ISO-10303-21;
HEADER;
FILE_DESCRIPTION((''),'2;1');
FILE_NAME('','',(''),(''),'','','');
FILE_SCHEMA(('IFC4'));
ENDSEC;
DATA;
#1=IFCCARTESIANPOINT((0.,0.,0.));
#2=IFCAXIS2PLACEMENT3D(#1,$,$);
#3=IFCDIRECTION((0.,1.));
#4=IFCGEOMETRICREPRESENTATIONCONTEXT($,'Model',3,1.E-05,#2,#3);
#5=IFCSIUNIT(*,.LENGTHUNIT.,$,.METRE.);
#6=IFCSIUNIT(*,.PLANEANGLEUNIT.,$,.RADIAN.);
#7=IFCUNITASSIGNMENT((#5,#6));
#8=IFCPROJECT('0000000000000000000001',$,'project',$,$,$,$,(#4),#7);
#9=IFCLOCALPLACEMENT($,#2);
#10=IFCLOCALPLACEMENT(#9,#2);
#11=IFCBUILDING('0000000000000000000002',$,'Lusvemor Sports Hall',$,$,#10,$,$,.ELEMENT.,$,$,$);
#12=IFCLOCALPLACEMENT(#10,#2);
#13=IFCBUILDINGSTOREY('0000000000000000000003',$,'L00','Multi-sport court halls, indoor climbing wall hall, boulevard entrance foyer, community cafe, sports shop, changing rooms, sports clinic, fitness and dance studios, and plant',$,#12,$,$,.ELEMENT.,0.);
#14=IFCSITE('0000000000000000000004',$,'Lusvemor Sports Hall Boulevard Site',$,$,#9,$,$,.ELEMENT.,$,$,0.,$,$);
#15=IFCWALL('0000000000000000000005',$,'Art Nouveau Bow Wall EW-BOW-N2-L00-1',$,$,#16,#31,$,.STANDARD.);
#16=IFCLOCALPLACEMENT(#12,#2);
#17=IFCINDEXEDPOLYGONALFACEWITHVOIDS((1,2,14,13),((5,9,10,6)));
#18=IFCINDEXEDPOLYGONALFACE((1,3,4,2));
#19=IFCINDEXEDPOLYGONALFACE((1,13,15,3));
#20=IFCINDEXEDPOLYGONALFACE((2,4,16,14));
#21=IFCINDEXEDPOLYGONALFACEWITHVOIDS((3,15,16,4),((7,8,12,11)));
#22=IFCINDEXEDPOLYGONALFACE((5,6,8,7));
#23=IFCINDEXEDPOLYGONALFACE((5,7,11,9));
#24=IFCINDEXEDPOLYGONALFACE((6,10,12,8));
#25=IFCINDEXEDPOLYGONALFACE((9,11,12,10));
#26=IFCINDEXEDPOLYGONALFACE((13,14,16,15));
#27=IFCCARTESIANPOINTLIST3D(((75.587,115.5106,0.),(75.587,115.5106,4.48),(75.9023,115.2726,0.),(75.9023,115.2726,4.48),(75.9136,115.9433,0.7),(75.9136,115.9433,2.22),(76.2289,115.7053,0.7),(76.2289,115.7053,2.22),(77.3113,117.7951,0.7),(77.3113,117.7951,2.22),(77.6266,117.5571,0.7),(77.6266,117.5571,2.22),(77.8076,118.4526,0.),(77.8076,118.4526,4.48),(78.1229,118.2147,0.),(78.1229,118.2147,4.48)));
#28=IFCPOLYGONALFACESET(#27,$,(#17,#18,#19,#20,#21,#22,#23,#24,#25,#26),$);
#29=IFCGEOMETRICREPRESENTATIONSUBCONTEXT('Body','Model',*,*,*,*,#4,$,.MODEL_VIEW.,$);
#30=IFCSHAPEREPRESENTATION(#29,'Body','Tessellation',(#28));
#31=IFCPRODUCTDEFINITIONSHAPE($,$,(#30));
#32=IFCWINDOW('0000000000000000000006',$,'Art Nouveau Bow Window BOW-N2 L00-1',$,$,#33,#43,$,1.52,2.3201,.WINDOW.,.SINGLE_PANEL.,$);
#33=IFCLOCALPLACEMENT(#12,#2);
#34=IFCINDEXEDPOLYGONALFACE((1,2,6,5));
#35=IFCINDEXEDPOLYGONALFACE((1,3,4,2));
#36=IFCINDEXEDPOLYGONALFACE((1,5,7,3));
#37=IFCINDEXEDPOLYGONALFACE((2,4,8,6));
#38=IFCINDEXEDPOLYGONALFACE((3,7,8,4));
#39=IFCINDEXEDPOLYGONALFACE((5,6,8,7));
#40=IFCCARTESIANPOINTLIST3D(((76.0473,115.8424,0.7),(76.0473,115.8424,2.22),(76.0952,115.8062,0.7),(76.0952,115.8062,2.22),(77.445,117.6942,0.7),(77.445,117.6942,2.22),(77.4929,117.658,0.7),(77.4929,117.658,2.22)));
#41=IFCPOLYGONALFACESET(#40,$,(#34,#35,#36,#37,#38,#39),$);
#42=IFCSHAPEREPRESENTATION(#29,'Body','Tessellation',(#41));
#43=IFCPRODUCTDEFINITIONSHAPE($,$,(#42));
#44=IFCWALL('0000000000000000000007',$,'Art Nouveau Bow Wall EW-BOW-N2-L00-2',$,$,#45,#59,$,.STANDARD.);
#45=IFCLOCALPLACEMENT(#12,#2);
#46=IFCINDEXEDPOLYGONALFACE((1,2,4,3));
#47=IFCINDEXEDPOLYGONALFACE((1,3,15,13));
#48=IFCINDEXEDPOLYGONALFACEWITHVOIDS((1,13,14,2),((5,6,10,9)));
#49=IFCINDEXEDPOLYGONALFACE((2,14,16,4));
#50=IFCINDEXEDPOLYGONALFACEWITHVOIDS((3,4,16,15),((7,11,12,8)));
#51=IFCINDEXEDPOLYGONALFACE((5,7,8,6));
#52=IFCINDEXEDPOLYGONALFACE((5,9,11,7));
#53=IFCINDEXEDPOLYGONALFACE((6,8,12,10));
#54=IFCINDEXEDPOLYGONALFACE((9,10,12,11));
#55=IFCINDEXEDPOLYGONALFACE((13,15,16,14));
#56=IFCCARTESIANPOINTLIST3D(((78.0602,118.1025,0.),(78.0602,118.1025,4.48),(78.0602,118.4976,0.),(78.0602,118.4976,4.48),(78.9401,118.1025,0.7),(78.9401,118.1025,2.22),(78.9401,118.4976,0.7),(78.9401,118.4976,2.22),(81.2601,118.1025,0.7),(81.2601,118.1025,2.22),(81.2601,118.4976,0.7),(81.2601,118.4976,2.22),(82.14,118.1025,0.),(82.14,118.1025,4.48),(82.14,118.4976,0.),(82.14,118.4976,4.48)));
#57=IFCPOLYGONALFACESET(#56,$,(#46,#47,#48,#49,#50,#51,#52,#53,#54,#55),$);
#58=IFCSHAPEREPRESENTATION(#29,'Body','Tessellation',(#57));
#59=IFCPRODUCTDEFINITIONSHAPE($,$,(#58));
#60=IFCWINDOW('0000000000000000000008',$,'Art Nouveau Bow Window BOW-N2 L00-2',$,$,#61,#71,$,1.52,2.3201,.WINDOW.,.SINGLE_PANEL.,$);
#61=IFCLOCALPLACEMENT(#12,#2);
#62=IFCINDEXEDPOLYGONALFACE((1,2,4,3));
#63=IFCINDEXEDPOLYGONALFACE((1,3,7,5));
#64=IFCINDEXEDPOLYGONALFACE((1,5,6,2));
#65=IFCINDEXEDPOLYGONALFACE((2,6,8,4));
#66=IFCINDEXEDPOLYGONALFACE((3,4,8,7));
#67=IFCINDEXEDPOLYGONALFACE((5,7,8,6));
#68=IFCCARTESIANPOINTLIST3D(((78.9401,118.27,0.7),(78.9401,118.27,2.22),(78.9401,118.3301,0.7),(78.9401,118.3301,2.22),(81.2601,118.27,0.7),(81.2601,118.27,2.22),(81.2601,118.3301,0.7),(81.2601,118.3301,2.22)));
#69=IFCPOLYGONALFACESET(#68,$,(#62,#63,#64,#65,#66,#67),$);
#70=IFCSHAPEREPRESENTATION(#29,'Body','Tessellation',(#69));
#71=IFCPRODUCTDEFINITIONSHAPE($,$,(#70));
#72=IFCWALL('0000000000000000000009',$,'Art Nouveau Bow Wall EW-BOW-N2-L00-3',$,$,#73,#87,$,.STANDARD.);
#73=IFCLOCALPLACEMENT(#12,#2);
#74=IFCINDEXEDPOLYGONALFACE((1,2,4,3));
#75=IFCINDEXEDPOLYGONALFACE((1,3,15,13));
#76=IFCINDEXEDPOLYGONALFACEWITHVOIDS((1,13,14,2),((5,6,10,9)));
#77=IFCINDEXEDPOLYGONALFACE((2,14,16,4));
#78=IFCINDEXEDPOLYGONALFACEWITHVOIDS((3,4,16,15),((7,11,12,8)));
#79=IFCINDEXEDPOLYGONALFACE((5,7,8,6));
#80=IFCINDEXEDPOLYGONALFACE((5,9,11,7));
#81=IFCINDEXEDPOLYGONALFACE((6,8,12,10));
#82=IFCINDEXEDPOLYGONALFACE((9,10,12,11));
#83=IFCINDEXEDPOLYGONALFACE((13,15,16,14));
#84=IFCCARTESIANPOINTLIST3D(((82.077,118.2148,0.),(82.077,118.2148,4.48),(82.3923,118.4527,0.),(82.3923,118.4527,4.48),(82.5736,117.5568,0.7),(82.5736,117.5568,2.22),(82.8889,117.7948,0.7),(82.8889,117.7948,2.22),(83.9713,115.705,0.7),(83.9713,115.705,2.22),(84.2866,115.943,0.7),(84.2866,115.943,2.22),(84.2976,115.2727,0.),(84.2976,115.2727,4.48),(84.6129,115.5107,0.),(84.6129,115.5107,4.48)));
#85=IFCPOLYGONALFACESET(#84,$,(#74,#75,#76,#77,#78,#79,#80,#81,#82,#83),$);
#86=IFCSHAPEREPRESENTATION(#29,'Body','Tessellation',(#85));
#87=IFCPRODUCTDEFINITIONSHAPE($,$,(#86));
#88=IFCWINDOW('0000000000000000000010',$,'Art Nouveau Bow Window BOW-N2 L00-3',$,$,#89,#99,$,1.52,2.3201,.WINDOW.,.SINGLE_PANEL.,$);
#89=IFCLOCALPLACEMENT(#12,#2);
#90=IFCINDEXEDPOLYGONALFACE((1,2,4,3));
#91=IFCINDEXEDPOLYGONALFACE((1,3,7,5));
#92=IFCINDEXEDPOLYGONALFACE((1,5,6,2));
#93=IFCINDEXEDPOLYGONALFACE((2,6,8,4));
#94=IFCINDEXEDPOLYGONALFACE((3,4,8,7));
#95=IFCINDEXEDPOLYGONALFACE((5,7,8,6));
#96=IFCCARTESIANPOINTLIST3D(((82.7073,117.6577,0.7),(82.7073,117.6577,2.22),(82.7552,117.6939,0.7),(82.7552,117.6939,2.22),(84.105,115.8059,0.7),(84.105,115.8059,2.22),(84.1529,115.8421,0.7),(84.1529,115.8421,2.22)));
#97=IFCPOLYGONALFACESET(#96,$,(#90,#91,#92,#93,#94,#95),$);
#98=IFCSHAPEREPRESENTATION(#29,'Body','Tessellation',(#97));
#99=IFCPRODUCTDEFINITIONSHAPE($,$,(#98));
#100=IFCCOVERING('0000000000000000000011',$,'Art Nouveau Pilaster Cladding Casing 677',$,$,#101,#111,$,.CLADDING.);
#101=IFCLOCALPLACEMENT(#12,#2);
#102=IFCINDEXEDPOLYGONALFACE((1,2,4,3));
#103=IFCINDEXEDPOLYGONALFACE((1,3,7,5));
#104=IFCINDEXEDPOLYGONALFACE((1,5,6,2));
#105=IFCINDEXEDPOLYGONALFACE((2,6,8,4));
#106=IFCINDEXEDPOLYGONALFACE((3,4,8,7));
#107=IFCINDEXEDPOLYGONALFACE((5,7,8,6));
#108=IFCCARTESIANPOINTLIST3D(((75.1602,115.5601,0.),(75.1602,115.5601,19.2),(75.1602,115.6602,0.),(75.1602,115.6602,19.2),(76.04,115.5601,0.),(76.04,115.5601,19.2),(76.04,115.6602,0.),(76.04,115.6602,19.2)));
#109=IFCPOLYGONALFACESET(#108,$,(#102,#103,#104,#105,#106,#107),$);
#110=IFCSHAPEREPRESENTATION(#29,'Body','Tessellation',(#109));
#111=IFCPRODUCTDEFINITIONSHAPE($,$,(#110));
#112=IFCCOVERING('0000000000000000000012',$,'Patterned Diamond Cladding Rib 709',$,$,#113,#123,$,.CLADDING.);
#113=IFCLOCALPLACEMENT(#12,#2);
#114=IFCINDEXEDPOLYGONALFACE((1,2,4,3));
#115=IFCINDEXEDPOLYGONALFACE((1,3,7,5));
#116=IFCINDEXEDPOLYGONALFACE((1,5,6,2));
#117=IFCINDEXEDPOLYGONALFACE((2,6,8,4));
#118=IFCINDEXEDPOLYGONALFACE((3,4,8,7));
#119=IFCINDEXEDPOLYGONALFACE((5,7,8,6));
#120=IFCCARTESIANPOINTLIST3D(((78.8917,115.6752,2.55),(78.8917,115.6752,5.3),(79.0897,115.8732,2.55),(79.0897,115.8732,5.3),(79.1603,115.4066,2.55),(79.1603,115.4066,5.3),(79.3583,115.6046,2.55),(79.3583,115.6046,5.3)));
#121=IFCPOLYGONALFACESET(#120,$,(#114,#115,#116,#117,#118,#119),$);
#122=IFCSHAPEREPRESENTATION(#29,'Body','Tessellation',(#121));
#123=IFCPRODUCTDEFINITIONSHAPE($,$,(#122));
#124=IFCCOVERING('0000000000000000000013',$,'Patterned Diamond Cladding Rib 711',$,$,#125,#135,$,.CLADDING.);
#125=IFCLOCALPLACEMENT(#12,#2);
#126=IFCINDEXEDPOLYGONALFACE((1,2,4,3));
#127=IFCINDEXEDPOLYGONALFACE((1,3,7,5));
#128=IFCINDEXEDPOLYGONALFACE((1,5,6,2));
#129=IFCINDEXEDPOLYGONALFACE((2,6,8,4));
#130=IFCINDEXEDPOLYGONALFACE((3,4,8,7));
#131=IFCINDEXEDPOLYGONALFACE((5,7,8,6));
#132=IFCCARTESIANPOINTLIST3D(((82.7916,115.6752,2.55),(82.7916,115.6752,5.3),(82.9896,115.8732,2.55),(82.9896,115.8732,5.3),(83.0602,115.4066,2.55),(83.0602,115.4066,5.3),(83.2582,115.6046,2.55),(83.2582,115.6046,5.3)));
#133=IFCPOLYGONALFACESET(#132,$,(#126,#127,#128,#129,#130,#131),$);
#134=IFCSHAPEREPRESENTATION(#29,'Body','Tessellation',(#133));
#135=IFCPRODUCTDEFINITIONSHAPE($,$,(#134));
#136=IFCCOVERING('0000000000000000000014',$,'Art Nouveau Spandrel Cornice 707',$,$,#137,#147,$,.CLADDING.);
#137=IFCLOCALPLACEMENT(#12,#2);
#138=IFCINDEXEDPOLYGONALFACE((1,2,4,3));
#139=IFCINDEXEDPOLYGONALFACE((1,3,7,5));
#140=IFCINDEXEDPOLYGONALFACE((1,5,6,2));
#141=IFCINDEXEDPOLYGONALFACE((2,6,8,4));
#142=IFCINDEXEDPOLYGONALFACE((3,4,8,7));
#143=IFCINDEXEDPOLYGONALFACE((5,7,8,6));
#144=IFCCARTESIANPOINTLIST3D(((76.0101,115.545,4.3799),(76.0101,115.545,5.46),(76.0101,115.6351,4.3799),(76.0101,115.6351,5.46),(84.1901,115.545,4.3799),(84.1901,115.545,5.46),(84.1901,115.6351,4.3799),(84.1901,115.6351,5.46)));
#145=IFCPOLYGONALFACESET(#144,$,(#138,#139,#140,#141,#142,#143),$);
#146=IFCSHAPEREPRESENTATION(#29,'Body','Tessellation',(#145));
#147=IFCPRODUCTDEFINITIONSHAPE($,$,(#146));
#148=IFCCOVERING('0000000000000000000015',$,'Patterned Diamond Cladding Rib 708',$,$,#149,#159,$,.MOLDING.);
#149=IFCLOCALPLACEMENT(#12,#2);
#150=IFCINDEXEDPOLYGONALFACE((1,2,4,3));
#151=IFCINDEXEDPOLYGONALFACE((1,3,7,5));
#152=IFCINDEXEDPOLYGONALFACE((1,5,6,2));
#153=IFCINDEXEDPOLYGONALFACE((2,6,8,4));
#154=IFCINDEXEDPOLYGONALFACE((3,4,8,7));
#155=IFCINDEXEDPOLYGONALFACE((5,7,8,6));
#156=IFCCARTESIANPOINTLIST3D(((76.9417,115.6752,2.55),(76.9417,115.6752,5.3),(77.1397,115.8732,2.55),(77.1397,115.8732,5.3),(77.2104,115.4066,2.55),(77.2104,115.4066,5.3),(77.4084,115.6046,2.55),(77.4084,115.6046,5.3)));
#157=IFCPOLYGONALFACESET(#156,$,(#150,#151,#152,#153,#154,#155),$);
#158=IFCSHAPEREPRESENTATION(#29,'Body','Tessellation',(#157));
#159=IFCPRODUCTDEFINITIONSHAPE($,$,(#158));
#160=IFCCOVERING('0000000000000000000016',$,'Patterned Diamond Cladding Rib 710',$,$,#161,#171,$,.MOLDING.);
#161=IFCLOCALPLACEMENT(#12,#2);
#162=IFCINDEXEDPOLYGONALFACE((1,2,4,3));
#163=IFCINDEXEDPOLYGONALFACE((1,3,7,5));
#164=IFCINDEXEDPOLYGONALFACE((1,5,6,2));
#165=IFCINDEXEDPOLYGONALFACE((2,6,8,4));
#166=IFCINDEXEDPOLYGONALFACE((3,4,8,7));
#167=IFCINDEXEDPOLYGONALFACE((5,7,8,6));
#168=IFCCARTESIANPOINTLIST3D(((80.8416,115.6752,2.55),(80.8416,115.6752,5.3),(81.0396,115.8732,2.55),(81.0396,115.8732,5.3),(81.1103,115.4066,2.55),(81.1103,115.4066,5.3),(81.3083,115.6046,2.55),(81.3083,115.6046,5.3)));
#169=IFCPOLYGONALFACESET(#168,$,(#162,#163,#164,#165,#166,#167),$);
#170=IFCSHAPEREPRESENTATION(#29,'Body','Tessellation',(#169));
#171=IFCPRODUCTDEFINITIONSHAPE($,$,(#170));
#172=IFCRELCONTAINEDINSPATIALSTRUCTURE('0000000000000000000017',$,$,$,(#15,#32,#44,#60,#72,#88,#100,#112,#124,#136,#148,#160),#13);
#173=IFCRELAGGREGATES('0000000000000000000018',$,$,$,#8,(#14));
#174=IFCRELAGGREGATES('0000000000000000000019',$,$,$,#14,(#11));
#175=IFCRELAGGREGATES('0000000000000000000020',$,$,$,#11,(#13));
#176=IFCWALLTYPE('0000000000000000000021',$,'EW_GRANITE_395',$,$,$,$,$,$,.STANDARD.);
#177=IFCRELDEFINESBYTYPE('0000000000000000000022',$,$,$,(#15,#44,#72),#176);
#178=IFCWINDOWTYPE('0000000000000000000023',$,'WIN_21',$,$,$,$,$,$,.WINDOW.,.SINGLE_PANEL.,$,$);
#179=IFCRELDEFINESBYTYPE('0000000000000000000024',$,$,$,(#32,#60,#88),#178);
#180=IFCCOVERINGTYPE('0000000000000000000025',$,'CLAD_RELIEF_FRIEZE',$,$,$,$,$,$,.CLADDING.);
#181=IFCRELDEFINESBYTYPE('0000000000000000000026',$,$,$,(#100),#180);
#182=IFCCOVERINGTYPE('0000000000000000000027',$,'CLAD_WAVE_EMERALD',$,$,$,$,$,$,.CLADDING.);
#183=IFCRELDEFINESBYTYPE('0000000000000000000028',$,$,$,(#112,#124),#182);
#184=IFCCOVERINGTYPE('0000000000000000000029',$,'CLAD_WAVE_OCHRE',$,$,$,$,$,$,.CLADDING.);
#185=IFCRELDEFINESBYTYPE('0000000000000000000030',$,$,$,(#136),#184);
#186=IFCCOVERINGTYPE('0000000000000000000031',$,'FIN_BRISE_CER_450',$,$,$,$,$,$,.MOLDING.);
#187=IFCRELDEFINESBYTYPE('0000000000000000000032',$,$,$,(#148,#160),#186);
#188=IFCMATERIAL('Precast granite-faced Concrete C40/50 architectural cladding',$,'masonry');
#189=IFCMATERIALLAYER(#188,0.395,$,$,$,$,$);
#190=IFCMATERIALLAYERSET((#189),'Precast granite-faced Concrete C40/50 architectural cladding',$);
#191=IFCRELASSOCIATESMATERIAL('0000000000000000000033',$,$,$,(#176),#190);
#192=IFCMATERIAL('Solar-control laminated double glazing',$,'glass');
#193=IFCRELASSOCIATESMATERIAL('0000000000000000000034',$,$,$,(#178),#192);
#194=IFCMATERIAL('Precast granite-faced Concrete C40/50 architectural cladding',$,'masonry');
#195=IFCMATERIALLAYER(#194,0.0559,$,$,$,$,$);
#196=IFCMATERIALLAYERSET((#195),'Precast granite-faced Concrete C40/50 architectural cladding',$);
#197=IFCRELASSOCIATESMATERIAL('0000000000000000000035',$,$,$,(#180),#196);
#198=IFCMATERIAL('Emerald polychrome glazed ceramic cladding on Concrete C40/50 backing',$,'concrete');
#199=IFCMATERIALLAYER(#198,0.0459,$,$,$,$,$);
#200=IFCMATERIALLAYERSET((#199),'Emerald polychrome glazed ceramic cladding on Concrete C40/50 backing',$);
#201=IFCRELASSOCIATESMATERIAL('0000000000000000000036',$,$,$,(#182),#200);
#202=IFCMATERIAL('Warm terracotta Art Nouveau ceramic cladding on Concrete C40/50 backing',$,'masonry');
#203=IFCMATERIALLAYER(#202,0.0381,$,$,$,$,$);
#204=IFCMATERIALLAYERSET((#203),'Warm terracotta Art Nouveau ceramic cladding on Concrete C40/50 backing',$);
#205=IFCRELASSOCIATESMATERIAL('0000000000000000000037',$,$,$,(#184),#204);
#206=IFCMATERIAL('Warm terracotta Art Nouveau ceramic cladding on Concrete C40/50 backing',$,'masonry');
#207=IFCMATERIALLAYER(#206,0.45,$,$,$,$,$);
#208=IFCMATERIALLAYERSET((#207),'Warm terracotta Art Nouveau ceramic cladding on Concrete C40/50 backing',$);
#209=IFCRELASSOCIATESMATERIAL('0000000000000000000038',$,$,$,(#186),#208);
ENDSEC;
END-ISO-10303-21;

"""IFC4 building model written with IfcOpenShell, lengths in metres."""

from ifc_helpers import new_model, si_unit, direction, frame, frame_2d, origin, origin_2d, place, context, subcontext, project, spatial, rectangle, extrude, material, layer, layer_set, type_object, element, fill, save


model = new_model("IFC4")

# Units and contexts
model_context = context("Model", 3, precision=1e-05, world=origin(), true_north=direction((0.0, 1.0)))
body_context = subcontext(model_context, "Body", "Model", "MODEL_VIEW")
ifc_project = project(units=[si_unit("LENGTHUNIT", "METRE"), si_unit("PLANEANGLEUNIT", "RADIAN")], contexts=[model_context])

# Site, building, storey
site_placement = place(None, origin())
site = spatial("IfcSite", under=ifc_project, at=site_placement, Name="Lusvemor Sports Hall Boulevard Site", CompositionType="ELEMENT", RefElevation=0.0)
building_placement = place(site_placement, origin())
building = spatial("IfcBuilding", under=site, at=building_placement, Name="Lusvemor Sports Hall", CompositionType="ELEMENT")
storey_placement = place(building_placement, origin())
storey = spatial("IfcBuildingStorey", under=building, at=storey_placement, Name="L00", Description="Multi-sport court halls, indoor climbing wall hall, boulevard entrance foyer, community cafe, sports shop, changing rooms, sports clinic, fitness and dance studios, and plant", CompositionType="ELEMENT", Elevation=0.0)

# Walls, openings, windows
ifc_material_1 = material(Name="Precast granite-faced Concrete C40/50 architectural cladding", Category="masonry")
ifc_layer_1 = layer(ifc_material_1, 0.395)
ifc_layer_set_1 = layer_set([ifc_layer_1], Name="Precast granite-faced Concrete C40/50 architectural cladding")
wall_type = type_object("IfcWallType", Name="EW_GRANITE_395", PredefinedType="STANDARD", material=ifc_layer_set_1)
wall_1_placement = place(storey_placement, frame((75.7446, 115.3916, 0.0), z_axis=(0.0, 0.0, 1.0), x_axis=(0.602445, 0.79816, 0.0)))
wall_1 = element("IfcWall", 1, at=wall_1_placement, inside=storey, type_object=wall_type, Name="Art Nouveau Bow Wall EW-BOW-N2-L00-1", PredefinedType="STANDARD", context=body_context, shape_type="SweptSolid", body=[
    extrude(rectangle(XDim=3.686, YDim=0.395, at=frame_2d((1.843, 0.0))), origin(), (0.0, 0.0, 1.0), 4.48),
])
opening_1_placement = place(wall_1_placement, frame((0.542, 0.0, 0.7)))
opening_1 = element("IfcOpeningElement", 2, at=opening_1_placement, cuts=wall_1, PredefinedType="OPENING", context=body_context, shape_type="SweptSolid", body=[
    extrude(rectangle(XDim=2.3201, YDim=1.52, at=frame_2d((1.1602, 0.76))), frame((0.0, 0.1975, 0.0), z_axis=(0.0, -1.0, 0.0), x_axis=(1.0, 0.0, 0.0)), (0.0, 0.0, 1.0), 0.395),
])
ifc_material_2 = material(Name="Solar-control laminated double glazing", Category="glass")
window_type = type_object("IfcWindowType", Name="WIN_21", PartitioningType="SINGLE_PANEL", PredefinedType="WINDOW", material=ifc_material_2)
window_1_placement = place(opening_1_placement, origin())
window_1 = element("IfcWindow", 3, at=window_1_placement, inside=storey, type_object=window_type, Name="Art Nouveau Bow Window BOW-N2 L00-1", OverallHeight=1.52, OverallWidth=2.3201, PartitioningType="SINGLE_PANEL", PredefinedType="WINDOW", context=body_context, shape_type="SweptSolid", body=[
    extrude(rectangle(XDim=2.3201, YDim=1.52, at=frame_2d((1.1602, 0.76))), frame((0.0, 0.03, 0.0), z_axis=(0.0, -1.0, 0.0), x_axis=(1.0, 0.0, 0.0)), (0.0, 0.0, 1.0), 0.0601),
])
fill(opening_1, window_1)
wall_2_placement = place(storey_placement, frame((78.0601, 118.3, 0.0), z_axis=(0.0, 0.0, 1.0), x_axis=(1.0, 0.0, 0.0)))
wall_2 = element("IfcWall", 4, at=wall_2_placement, inside=storey, type_object=wall_type, Name="Art Nouveau Bow Wall EW-BOW-N2-L00-2", PredefinedType="STANDARD", context=body_context, shape_type="SweptSolid", body=[
    extrude(rectangle(XDim=4.0798, YDim=0.395, at=frame_2d((2.04, 0.0))), origin(), (0.0, 0.0, 1.0), 4.48),
])
opening_2_placement = place(wall_2_placement, frame((0.8799, 0.0, 0.7)))
opening_2 = element("IfcOpeningElement", 5, at=opening_2_placement, cuts=wall_2, PredefinedType="OPENING", context=body_context, shape_type="SweptSolid", body=[
    extrude(rectangle(XDim=2.3201, YDim=1.52, at=frame_2d((1.1602, 0.76))), frame((0.0, 0.1975, 0.0), z_axis=(0.0, -1.0, 0.0), x_axis=(1.0, 0.0, 0.0)), (0.0, 0.0, 1.0), 0.395),
])
window_2_placement = place(opening_2_placement, origin())
window_2 = element("IfcWindow", 6, at=window_2_placement, inside=storey, type_object=window_type, Name="Art Nouveau Bow Window BOW-N2 L00-2", OverallHeight=1.52, OverallWidth=2.3201, PartitioningType="SINGLE_PANEL", PredefinedType="WINDOW", context=body_context, shape_type="SweptSolid", body=[
    extrude(rectangle(XDim=2.3201, YDim=1.52, at=frame_2d((1.1602, 0.76))), frame((0.0, 0.03, 0.0), z_axis=(0.0, -1.0, 0.0), x_axis=(1.0, 0.0, 0.0)), (0.0, 0.0, 1.0), 0.0601),
])
fill(opening_2, window_2)
wall_3_placement = place(storey_placement, frame((82.2346, 118.3337, 0.0), z_axis=(0.0, 0.0, 1.0), x_axis=(0.602445, -0.79816, 0.0)))
wall_3 = element("IfcWall", 7, at=wall_3_placement, inside=storey, type_object=wall_type, Name="Art Nouveau Bow Wall EW-BOW-N2-L00-3", PredefinedType="STANDARD", context=body_context, shape_type="SweptSolid", body=[
    extrude(rectangle(XDim=3.686, YDim=0.395, at=frame_2d((1.843, 0.0))), origin(), (0.0, 0.0, 1.0), 4.48),
])
opening_3_placement = place(wall_3_placement, frame((0.8242, 0.0, 0.7)))
opening_3 = element("IfcOpeningElement", 8, at=opening_3_placement, cuts=wall_3, PredefinedType="OPENING", context=body_context, shape_type="SweptSolid", body=[
    extrude(rectangle(XDim=2.3201, YDim=1.52, at=frame_2d((1.1602, 0.76))), frame((0.0, 0.1975, 0.0), z_axis=(0.0, -1.0, 0.0), x_axis=(1.0, 0.0, 0.0)), (0.0, 0.0, 1.0), 0.395),
])
window_3_placement = place(opening_3_placement, origin())
window_3 = element("IfcWindow", 9, at=window_3_placement, inside=storey, type_object=window_type, Name="Art Nouveau Bow Window BOW-N2 L00-3", OverallHeight=1.52, OverallWidth=2.3201, PartitioningType="SINGLE_PANEL", PredefinedType="WINDOW", context=body_context, shape_type="SweptSolid", body=[
    extrude(rectangle(XDim=2.3201, YDim=1.52, at=frame_2d((1.1602, 0.76))), frame((0.0, 0.03, 0.0), z_axis=(0.0, -1.0, 0.0), x_axis=(1.0, 0.0, 0.0)), (0.0, 0.0, 1.0), 0.0601),
])
fill(opening_3, window_3)

# Coverings
ifc_material_3 = material(Name="Precast granite-faced Concrete C40/50 architectural cladding", Category="masonry")
ifc_layer_2 = layer(ifc_material_3, 0.0559)
ifc_layer_set_2 = layer_set([ifc_layer_2], Name="Precast granite-faced Concrete C40/50 architectural cladding")
covering_type_1 = type_object("IfcCoveringType", Name="CLAD_RELIEF_FRIEZE", PredefinedType="CLADDING", material=ifc_layer_set_2)
covering_1_placement = place(storey_placement, frame((75.6001, 115.6101, 0.0), z_axis=(0.0, 0.0, 1.0), x_axis=(1.0, 0.0, 0.0)))
element("IfcCovering", 10, at=covering_1_placement, inside=storey, type_object=covering_type_1, Name="Art Nouveau Pilaster Cladding Casing 677", PredefinedType="CLADDING", context=body_context, shape_type="SweptSolid", body=[
    extrude(rectangle(XDim=0.8799, YDim=0.1001, at=origin_2d()), origin(), (0.0, 0.0, 1.0), 19.2),
])
ifc_material_4 = material(Name="Emerald polychrome glazed ceramic cladding on Concrete C40/50 backing", Category="concrete")
ifc_layer_3 = layer(ifc_material_4, 0.0459)
ifc_layer_set_3 = layer_set([ifc_layer_3], Name="Emerald polychrome glazed ceramic cladding on Concrete C40/50 backing")
covering_type_2 = type_object("IfcCoveringType", Name="CLAD_WAVE_EMERALD", PredefinedType="CLADDING", material=ifc_layer_set_3)
for number, where, z_axis, x_axis, name in (
    (11, (79.125, 115.6399, 2.55), (0.0, 0.0, 1.0), (0.707107, 0.707107, 0.0), "Patterned Diamond Cladding Rib 709"),
    (12, (83.0249, 115.6399, 2.55), (0.0, 0.0, 1.0), (0.707107, 0.707107, 0.0), "Patterned Diamond Cladding Rib 711"),
):
    element("IfcCovering", number, at=place(storey_placement, frame(where, z_axis=z_axis, x_axis=x_axis)), inside=storey, type_object=covering_type_2, Name=name, PredefinedType="CLADDING", context=body_context, shape_type="SweptSolid", body=[
        extrude(rectangle(XDim=0.28, YDim=0.3799, at=origin_2d()), origin(), (0.0, 0.0, 1.0), 2.75),
    ])
ifc_material_5 = material(Name="Warm terracotta Art Nouveau ceramic cladding on Concrete C40/50 backing", Category="masonry")
ifc_layer_4 = layer(ifc_material_5, 0.0381)
ifc_layer_set_4 = layer_set([ifc_layer_4], Name="Warm terracotta Art Nouveau ceramic cladding on Concrete C40/50 backing")
covering_type_3 = type_object("IfcCoveringType", Name="CLAD_WAVE_OCHRE", PredefinedType="CLADDING", material=ifc_layer_set_4)
covering_2_placement = place(storey_placement, frame((80.1001, 115.5901, 4.3799), z_axis=(0.0, 0.0, 1.0), x_axis=(1.0, 0.0, 0.0)))
element("IfcCovering", 13, at=covering_2_placement, inside=storey, type_object=covering_type_3, Name="Art Nouveau Spandrel Cornice 707", PredefinedType="CLADDING", context=body_context, shape_type="SweptSolid", body=[
    extrude(rectangle(XDim=8.1799, YDim=0.0901, at=origin_2d()), origin(), (0.0, 0.0, 1.0), 1.0801),
])
ifc_material_6 = material(Name="Warm terracotta Art Nouveau ceramic cladding on Concrete C40/50 backing", Category="masonry")
ifc_layer_5 = layer(ifc_material_6, 0.45)
ifc_layer_set_5 = layer_set([ifc_layer_5], Name="Warm terracotta Art Nouveau ceramic cladding on Concrete C40/50 backing")
covering_type_4 = type_object("IfcCoveringType", Name="FIN_BRISE_CER_450", PredefinedType="MOLDING", material=ifc_layer_set_5)
for number, where, z_axis, x_axis, name in (
    (14, (77.175, 115.6399, 2.55), (0.0, 0.0, 1.0), (0.707107, 0.707107, 0.0), "Patterned Diamond Cladding Rib 708"),
    (15, (81.075, 115.6399, 2.55), (0.0, 0.0, 1.0), (0.707107, 0.707107, 0.0), "Patterned Diamond Cladding Rib 710"),
):
    element("IfcCovering", number, at=place(storey_placement, frame(where, z_axis=z_axis, x_axis=x_axis)), inside=storey, type_object=covering_type_4, Name=name, PredefinedType="MOLDING", context=body_context, shape_type="SweptSolid", body=[
        extrude(rectangle(XDim=0.28, YDim=0.3799, at=origin_2d()), origin(), (0.0, 0.0, 1.0), 2.75),
    ])

save(model, "model.ifc")
